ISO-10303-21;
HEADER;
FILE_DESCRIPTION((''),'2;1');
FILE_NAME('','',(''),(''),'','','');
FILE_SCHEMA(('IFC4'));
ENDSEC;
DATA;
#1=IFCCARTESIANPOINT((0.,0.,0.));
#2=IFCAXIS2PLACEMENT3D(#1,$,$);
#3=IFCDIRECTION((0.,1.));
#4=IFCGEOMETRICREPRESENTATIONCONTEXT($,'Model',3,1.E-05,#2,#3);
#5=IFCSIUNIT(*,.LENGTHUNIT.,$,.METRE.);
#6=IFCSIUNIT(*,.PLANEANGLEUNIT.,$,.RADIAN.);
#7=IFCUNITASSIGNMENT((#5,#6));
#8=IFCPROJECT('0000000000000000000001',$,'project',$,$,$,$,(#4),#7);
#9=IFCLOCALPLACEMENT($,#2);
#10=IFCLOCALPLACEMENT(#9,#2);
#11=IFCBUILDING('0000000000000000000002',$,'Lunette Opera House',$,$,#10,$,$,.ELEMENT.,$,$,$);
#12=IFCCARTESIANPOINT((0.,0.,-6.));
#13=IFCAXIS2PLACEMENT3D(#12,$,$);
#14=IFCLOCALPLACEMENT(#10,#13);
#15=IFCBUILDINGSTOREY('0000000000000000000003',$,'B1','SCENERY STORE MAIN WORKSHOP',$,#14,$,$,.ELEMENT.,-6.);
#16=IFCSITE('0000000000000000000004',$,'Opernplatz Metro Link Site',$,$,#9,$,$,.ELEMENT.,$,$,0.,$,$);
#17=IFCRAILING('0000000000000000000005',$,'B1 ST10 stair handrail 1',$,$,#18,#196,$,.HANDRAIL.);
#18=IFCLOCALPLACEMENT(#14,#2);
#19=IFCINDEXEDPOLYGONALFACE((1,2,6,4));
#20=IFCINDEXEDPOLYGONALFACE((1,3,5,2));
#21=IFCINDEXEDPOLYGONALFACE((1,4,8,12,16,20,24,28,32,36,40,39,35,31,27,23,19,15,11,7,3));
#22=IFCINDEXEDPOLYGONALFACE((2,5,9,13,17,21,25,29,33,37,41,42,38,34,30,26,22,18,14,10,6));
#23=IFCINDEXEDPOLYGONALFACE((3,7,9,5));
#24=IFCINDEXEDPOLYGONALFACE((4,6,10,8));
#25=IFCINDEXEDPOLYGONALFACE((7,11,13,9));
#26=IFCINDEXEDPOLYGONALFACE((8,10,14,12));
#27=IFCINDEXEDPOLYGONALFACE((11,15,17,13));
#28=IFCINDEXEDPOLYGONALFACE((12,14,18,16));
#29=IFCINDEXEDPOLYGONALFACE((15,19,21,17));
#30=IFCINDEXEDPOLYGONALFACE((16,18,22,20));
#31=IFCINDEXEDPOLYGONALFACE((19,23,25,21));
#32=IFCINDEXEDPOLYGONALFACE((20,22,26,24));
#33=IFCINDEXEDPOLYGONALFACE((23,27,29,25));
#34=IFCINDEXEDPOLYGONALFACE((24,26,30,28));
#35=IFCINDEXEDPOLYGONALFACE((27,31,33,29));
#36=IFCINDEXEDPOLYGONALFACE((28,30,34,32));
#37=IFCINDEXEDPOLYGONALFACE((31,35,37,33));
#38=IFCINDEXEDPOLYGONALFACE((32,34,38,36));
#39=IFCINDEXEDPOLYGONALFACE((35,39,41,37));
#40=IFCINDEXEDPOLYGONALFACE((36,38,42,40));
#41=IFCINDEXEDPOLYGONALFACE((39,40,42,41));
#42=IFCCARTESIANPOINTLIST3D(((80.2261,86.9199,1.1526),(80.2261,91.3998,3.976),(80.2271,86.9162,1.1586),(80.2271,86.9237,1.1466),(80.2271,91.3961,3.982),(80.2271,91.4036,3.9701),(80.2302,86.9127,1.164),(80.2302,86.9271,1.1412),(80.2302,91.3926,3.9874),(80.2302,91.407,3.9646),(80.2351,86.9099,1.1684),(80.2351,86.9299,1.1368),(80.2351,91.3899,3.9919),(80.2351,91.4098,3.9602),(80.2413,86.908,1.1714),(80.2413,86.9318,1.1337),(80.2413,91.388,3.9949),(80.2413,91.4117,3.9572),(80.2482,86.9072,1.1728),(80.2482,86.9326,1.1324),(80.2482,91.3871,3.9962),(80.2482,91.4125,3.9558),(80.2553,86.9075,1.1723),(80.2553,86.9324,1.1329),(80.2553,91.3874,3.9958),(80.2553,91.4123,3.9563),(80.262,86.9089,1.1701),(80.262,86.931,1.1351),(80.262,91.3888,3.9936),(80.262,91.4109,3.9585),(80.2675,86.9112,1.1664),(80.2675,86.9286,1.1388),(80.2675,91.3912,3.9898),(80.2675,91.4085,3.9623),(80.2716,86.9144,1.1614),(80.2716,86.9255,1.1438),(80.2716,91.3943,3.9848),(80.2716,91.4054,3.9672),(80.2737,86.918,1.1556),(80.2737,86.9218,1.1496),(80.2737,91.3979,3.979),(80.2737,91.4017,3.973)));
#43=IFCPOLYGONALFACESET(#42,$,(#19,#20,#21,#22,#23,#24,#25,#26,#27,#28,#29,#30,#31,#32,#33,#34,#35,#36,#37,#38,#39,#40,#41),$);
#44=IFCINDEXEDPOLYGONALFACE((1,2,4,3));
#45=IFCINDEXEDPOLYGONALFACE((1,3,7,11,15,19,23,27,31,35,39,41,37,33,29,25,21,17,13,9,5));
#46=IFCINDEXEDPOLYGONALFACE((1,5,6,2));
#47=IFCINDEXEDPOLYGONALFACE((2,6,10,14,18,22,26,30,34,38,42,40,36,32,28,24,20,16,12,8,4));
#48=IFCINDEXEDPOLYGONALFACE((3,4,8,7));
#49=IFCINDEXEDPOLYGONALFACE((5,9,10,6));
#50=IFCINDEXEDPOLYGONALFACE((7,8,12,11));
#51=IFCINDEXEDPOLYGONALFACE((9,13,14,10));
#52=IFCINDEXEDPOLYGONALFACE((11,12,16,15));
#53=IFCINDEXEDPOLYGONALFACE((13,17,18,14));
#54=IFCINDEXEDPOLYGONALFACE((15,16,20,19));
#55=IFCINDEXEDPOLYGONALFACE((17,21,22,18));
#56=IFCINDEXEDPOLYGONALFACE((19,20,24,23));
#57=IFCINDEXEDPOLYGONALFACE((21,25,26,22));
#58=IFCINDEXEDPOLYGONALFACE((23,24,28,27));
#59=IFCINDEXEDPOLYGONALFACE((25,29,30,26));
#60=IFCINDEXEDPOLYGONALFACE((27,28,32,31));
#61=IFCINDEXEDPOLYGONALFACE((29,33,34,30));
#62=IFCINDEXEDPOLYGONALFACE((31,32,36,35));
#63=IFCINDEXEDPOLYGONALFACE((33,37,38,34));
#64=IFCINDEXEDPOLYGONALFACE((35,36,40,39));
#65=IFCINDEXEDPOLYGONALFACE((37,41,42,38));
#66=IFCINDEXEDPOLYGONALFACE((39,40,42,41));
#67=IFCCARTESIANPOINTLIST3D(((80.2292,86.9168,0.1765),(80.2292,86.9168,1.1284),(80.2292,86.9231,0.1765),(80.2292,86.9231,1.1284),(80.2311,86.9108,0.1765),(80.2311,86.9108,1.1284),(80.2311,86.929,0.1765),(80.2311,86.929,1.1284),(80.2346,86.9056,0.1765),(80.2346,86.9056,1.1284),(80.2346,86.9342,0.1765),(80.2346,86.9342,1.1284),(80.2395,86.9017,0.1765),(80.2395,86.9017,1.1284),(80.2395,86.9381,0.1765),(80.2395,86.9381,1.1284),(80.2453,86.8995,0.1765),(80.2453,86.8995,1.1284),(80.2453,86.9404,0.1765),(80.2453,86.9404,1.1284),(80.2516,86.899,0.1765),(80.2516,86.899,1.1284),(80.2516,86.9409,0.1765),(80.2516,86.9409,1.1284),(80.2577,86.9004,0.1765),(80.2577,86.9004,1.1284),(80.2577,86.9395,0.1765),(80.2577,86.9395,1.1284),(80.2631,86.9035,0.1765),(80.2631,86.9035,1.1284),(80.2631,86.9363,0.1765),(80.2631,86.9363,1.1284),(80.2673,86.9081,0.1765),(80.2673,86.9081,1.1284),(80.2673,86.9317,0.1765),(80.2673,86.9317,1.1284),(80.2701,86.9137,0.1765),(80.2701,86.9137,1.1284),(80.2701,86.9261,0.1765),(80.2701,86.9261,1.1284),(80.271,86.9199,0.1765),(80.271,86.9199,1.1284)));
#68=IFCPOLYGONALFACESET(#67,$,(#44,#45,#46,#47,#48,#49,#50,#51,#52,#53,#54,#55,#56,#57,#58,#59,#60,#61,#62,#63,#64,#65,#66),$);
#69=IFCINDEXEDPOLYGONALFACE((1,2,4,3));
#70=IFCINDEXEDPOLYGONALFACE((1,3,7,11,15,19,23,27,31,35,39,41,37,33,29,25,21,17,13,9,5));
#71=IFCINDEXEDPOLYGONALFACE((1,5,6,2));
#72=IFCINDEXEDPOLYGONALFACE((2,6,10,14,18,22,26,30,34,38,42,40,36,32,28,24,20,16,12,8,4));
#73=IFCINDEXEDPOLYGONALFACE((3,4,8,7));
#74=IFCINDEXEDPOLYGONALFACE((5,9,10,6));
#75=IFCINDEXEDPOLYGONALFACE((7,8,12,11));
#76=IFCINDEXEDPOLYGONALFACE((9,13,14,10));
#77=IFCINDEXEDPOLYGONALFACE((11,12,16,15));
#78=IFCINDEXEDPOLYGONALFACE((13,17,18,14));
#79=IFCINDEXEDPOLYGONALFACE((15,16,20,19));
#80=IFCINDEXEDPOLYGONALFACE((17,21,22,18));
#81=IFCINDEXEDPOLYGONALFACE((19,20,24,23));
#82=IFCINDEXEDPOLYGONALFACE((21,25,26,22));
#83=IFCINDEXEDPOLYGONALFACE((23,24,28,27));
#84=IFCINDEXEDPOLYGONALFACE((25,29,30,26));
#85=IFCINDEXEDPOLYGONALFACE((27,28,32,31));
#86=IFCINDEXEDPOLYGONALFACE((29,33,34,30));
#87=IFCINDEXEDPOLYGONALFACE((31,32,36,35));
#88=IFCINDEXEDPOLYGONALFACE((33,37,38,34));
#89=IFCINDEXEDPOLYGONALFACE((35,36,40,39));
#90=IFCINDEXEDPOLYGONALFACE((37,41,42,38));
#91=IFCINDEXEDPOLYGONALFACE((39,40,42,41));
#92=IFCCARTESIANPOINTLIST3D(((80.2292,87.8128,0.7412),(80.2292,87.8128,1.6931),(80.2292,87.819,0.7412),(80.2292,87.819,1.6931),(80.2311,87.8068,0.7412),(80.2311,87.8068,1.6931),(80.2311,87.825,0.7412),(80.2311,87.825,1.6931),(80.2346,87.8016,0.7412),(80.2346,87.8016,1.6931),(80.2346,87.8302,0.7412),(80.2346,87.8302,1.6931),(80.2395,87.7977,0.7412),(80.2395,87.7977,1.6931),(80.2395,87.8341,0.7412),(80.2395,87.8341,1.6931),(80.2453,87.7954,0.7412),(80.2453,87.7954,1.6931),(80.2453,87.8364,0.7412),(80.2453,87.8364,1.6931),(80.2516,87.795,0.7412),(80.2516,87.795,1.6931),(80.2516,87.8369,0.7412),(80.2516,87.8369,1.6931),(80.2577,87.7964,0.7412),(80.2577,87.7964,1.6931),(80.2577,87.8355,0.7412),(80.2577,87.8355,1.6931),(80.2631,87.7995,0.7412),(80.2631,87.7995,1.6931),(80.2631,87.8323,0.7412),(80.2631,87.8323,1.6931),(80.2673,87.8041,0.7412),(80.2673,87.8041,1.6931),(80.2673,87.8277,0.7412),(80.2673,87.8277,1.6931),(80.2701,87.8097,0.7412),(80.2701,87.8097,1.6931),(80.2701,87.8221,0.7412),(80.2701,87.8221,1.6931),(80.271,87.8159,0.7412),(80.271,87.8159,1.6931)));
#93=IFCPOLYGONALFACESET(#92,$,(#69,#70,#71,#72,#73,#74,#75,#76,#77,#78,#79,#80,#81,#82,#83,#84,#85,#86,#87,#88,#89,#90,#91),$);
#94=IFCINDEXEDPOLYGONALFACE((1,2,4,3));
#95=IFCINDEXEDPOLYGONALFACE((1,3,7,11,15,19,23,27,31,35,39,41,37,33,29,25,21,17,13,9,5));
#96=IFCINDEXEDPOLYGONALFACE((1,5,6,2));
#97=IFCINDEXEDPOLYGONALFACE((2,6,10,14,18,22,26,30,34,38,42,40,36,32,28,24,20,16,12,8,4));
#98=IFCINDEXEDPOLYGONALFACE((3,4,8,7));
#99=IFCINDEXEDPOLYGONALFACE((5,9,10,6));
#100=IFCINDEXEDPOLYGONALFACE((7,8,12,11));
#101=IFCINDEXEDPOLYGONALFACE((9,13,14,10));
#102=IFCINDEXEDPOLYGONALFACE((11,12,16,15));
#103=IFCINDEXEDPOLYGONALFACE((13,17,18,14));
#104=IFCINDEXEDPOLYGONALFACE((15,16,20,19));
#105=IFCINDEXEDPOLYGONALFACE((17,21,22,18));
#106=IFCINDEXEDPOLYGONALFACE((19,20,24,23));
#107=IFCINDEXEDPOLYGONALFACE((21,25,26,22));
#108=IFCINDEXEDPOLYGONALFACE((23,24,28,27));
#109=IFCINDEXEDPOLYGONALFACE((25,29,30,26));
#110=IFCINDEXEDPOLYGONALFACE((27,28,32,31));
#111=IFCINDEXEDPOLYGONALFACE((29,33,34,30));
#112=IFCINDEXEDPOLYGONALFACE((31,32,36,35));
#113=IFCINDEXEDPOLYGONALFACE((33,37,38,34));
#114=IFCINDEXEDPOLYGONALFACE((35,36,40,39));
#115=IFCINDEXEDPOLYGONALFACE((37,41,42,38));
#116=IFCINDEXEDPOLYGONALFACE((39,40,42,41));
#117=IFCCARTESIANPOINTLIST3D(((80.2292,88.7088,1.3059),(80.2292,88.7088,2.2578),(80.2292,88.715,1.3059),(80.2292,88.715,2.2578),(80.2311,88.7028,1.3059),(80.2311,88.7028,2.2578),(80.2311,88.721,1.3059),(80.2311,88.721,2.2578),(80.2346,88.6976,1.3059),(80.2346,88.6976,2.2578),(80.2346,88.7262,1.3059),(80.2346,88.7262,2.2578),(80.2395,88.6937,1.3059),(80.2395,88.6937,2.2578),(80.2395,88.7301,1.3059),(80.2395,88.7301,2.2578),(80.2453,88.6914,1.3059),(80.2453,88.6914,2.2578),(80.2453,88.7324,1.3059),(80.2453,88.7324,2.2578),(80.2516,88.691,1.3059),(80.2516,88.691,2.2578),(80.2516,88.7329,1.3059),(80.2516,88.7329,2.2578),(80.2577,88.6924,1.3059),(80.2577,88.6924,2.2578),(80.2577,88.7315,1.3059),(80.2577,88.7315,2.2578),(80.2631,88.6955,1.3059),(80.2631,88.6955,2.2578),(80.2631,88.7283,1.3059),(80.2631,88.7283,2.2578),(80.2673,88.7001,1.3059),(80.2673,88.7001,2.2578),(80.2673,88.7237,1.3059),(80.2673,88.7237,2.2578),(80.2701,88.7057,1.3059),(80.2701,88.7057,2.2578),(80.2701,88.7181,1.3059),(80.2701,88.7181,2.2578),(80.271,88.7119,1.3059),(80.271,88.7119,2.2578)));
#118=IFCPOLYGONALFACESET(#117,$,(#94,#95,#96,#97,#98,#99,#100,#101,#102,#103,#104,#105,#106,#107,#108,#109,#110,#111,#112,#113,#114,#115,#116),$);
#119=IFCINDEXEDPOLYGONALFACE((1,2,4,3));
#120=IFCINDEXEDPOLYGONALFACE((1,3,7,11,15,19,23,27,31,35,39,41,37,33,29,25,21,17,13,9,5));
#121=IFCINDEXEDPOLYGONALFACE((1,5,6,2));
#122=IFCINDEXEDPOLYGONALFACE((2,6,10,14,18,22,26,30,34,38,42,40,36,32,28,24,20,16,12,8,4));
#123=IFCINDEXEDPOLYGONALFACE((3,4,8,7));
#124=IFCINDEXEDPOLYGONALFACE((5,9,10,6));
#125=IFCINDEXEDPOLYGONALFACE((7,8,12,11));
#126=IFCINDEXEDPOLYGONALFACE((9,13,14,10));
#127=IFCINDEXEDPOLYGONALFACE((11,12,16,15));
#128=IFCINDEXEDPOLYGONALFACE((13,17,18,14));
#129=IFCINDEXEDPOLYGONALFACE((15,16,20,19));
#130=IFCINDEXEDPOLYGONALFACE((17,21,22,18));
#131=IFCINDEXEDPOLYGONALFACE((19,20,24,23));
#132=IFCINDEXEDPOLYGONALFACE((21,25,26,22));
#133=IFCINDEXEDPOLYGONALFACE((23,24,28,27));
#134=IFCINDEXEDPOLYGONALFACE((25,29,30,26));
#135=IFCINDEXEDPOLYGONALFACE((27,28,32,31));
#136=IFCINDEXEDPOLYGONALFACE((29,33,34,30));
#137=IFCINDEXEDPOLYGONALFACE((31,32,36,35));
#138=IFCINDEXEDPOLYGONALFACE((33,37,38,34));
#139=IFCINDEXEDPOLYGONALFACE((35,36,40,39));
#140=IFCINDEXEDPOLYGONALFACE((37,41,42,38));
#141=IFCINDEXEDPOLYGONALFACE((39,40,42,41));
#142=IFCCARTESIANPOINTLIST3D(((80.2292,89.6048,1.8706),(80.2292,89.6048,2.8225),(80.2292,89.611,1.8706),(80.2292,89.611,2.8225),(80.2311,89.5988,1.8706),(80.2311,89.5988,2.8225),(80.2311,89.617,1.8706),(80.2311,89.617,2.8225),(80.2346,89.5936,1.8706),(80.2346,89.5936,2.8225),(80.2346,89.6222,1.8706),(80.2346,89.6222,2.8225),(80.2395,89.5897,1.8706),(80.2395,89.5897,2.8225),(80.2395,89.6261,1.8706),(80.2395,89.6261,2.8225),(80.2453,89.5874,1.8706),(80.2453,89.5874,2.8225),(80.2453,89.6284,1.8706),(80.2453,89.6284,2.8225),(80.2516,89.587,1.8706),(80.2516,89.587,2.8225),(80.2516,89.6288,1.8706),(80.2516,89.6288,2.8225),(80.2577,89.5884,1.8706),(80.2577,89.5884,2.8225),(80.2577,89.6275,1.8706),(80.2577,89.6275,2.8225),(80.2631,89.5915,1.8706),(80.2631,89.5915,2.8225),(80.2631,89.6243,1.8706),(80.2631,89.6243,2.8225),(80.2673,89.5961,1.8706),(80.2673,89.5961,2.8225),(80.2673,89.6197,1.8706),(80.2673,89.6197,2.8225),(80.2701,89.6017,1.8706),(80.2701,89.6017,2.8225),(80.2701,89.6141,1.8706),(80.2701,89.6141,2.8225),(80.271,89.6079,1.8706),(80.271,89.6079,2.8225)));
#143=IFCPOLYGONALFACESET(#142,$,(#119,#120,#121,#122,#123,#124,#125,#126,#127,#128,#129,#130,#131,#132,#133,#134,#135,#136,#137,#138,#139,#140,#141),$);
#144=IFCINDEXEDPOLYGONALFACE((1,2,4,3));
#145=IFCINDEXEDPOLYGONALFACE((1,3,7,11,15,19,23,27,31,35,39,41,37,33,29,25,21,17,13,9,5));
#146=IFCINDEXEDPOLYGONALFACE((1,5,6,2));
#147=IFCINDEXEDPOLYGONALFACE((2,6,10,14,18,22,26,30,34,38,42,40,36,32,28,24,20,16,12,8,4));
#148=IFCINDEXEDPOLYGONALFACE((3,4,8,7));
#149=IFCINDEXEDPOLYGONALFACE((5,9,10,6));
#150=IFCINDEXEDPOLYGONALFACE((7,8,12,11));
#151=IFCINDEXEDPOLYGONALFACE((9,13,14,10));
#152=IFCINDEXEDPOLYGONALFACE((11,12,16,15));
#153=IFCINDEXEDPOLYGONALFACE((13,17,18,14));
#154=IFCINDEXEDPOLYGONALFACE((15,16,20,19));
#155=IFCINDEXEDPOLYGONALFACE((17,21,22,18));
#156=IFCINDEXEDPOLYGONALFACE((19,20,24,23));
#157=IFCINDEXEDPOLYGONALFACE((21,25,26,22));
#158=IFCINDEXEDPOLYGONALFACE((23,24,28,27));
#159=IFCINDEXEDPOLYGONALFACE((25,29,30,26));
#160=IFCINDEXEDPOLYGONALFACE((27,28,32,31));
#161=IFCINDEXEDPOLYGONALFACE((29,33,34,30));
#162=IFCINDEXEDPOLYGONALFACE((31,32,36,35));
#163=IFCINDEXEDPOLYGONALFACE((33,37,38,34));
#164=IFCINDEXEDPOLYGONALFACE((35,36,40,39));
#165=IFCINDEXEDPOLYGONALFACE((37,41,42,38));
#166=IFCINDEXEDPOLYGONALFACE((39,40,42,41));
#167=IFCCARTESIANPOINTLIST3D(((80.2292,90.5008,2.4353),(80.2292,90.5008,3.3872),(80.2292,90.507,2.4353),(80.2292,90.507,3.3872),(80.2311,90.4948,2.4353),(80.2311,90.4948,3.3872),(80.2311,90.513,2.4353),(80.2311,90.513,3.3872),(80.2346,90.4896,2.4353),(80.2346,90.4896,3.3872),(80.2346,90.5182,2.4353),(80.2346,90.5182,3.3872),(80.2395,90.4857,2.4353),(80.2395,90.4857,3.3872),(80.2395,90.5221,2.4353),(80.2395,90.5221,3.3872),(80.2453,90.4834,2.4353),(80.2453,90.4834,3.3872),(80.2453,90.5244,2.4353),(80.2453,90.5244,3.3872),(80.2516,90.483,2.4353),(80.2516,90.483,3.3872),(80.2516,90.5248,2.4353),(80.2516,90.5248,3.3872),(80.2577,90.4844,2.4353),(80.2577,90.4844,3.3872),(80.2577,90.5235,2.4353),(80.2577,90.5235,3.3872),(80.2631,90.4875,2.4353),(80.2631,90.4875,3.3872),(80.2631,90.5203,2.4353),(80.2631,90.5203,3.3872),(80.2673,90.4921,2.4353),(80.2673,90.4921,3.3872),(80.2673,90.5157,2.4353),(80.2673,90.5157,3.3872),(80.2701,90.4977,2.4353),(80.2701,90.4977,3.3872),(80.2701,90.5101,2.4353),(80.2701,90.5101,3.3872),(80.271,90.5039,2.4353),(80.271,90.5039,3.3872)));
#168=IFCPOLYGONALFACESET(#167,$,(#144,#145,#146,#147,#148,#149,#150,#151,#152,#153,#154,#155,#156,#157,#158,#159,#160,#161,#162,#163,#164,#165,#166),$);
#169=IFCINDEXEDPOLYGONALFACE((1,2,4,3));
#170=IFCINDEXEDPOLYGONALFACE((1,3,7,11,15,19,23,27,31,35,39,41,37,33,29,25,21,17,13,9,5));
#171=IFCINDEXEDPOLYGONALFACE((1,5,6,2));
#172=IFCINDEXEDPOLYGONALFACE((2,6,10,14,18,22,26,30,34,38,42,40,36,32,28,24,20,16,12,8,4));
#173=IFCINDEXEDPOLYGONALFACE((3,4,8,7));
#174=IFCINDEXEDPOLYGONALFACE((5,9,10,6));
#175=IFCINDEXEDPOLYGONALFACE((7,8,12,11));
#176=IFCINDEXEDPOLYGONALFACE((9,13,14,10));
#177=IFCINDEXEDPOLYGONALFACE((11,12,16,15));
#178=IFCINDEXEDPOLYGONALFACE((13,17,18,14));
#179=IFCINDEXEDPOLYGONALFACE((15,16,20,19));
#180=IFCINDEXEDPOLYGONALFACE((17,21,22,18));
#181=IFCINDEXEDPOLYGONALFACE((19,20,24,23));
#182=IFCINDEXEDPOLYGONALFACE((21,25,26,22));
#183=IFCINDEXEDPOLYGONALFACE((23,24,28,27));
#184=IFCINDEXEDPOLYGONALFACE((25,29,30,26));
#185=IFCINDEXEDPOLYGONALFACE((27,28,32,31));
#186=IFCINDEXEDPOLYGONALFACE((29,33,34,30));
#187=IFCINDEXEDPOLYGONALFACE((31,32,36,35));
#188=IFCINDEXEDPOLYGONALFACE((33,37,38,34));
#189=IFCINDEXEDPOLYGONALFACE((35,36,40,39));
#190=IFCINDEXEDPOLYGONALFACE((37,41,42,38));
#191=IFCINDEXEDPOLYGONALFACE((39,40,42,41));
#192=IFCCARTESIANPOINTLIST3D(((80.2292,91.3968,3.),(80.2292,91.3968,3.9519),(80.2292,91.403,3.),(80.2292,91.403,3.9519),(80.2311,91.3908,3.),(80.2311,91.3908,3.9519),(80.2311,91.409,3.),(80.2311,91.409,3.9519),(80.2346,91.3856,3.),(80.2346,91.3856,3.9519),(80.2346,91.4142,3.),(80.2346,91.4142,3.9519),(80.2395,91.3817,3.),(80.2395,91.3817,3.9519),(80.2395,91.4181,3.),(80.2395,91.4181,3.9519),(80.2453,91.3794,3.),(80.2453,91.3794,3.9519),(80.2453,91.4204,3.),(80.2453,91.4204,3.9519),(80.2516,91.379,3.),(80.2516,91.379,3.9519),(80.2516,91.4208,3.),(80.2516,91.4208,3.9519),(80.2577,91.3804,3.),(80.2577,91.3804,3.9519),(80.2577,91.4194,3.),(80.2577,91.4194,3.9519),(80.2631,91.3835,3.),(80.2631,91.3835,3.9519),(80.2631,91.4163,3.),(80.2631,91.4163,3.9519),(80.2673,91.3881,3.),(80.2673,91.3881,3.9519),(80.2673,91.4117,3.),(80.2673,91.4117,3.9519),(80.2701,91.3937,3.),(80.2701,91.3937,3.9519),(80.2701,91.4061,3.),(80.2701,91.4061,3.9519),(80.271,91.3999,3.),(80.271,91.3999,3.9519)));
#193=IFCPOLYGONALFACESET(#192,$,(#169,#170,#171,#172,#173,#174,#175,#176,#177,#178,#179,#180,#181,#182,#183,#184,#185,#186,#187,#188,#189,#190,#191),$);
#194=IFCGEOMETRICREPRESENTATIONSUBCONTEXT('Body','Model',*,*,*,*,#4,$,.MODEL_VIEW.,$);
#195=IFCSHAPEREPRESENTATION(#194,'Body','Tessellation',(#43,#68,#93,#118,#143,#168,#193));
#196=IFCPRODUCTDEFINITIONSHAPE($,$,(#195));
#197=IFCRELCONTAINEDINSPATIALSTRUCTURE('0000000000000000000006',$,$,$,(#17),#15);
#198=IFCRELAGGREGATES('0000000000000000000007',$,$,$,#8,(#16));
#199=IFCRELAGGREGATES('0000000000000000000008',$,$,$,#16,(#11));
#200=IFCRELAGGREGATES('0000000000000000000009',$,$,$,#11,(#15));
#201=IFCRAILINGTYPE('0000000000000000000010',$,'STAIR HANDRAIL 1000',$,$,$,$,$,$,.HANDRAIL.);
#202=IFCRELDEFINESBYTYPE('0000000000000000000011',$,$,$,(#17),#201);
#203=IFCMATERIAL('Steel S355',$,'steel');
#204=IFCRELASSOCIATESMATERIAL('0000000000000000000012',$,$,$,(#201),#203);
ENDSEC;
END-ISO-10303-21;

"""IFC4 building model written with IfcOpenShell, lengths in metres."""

from ifc_helpers import new_model, si_unit, direction, frame, origin, origin_2d, place, context, subcontext, project, spatial, circle, extrude, material, type_object, element, save


model = new_model("IFC4")

# Units and contexts
model_context = context("Model", 3, precision=1e-05, world=origin(), true_north=direction((0.0, 1.0)))
body_context = subcontext(model_context, "Body", "Model", "MODEL_VIEW")
ifc_project = project(units=[si_unit("LENGTHUNIT", "METRE"), si_unit("PLANEANGLEUNIT", "RADIAN")], contexts=[model_context])

# Site, building, storey
site_placement = place(None, origin())
site = spatial("IfcSite", under=ifc_project, at=site_placement, Name="Opernplatz Metro Link Site", CompositionType="ELEMENT", RefElevation=0.0)
building_placement = place(site_placement, origin())
building = spatial("IfcBuilding", under=site, at=building_placement, Name="Lunette Opera House", CompositionType="ELEMENT")
storey_placement = place(building_placement, frame((0.0, 0.0, -6.0)))
storey = spatial("IfcBuildingStorey", under=building, at=storey_placement, Name="B1", Description="SCENERY STORE MAIN WORKSHOP", CompositionType="ELEMENT", Elevation=-6.0)

# Railing
ifc_material_1 = material(Name="Steel S355", Category="steel")
railing_type_1 = type_object("IfcRailingType", Name="STAIR HANDRAIL 1000", PredefinedType="HANDRAIL", material=ifc_material_1)
railing_1_placement = place(storey_placement, frame((80.25, 86.9199, 0.1765)))
element("IfcRailing", 1, at=railing_1_placement, inside=storey, type_object=railing_type_1, Name="B1 ST10 stair handrail 1", PredefinedType="HANDRAIL", context=body_context, shape_type="SweptSolid", body=[
    extrude(circle(Radius=0.0239, at=origin_2d()), frame((0.0, 0.0, 0.9761), z_axis=(0.0, 0.845998, 0.533186), x_axis=(-1.0, 0.0, 0.0)), (0.0, 0.0, 1.0), 5.2954),
    extrude(circle(Radius=0.021, at=origin_2d()), origin(), (0.0, 0.0, 1.0), 0.9519),
    extrude(circle(Radius=0.021, at=origin_2d()), frame((0.0, 0.896, 0.5647)), (0.0, 0.0, 1.0), 0.9519),
    extrude(circle(Radius=0.021, at=origin_2d()), frame((0.0, 1.792, 1.1294)), (0.0, 0.0, 1.0), 0.9519),
    extrude(circle(Radius=0.021, at=origin_2d()), frame((0.0, 2.688, 1.6941)), (0.0, 0.0, 1.0), 0.9519),
    extrude(circle(Radius=0.021, at=origin_2d()), frame((0.0, 3.584, 2.2588)), (0.0, 0.0, 1.0), 0.9519),
    extrude(circle(Radius=0.021, at=origin_2d()), frame((0.0, 4.48, 2.8235)), (0.0, 0.0, 1.0), 0.9519),
])

save(model, "model.ifc")
